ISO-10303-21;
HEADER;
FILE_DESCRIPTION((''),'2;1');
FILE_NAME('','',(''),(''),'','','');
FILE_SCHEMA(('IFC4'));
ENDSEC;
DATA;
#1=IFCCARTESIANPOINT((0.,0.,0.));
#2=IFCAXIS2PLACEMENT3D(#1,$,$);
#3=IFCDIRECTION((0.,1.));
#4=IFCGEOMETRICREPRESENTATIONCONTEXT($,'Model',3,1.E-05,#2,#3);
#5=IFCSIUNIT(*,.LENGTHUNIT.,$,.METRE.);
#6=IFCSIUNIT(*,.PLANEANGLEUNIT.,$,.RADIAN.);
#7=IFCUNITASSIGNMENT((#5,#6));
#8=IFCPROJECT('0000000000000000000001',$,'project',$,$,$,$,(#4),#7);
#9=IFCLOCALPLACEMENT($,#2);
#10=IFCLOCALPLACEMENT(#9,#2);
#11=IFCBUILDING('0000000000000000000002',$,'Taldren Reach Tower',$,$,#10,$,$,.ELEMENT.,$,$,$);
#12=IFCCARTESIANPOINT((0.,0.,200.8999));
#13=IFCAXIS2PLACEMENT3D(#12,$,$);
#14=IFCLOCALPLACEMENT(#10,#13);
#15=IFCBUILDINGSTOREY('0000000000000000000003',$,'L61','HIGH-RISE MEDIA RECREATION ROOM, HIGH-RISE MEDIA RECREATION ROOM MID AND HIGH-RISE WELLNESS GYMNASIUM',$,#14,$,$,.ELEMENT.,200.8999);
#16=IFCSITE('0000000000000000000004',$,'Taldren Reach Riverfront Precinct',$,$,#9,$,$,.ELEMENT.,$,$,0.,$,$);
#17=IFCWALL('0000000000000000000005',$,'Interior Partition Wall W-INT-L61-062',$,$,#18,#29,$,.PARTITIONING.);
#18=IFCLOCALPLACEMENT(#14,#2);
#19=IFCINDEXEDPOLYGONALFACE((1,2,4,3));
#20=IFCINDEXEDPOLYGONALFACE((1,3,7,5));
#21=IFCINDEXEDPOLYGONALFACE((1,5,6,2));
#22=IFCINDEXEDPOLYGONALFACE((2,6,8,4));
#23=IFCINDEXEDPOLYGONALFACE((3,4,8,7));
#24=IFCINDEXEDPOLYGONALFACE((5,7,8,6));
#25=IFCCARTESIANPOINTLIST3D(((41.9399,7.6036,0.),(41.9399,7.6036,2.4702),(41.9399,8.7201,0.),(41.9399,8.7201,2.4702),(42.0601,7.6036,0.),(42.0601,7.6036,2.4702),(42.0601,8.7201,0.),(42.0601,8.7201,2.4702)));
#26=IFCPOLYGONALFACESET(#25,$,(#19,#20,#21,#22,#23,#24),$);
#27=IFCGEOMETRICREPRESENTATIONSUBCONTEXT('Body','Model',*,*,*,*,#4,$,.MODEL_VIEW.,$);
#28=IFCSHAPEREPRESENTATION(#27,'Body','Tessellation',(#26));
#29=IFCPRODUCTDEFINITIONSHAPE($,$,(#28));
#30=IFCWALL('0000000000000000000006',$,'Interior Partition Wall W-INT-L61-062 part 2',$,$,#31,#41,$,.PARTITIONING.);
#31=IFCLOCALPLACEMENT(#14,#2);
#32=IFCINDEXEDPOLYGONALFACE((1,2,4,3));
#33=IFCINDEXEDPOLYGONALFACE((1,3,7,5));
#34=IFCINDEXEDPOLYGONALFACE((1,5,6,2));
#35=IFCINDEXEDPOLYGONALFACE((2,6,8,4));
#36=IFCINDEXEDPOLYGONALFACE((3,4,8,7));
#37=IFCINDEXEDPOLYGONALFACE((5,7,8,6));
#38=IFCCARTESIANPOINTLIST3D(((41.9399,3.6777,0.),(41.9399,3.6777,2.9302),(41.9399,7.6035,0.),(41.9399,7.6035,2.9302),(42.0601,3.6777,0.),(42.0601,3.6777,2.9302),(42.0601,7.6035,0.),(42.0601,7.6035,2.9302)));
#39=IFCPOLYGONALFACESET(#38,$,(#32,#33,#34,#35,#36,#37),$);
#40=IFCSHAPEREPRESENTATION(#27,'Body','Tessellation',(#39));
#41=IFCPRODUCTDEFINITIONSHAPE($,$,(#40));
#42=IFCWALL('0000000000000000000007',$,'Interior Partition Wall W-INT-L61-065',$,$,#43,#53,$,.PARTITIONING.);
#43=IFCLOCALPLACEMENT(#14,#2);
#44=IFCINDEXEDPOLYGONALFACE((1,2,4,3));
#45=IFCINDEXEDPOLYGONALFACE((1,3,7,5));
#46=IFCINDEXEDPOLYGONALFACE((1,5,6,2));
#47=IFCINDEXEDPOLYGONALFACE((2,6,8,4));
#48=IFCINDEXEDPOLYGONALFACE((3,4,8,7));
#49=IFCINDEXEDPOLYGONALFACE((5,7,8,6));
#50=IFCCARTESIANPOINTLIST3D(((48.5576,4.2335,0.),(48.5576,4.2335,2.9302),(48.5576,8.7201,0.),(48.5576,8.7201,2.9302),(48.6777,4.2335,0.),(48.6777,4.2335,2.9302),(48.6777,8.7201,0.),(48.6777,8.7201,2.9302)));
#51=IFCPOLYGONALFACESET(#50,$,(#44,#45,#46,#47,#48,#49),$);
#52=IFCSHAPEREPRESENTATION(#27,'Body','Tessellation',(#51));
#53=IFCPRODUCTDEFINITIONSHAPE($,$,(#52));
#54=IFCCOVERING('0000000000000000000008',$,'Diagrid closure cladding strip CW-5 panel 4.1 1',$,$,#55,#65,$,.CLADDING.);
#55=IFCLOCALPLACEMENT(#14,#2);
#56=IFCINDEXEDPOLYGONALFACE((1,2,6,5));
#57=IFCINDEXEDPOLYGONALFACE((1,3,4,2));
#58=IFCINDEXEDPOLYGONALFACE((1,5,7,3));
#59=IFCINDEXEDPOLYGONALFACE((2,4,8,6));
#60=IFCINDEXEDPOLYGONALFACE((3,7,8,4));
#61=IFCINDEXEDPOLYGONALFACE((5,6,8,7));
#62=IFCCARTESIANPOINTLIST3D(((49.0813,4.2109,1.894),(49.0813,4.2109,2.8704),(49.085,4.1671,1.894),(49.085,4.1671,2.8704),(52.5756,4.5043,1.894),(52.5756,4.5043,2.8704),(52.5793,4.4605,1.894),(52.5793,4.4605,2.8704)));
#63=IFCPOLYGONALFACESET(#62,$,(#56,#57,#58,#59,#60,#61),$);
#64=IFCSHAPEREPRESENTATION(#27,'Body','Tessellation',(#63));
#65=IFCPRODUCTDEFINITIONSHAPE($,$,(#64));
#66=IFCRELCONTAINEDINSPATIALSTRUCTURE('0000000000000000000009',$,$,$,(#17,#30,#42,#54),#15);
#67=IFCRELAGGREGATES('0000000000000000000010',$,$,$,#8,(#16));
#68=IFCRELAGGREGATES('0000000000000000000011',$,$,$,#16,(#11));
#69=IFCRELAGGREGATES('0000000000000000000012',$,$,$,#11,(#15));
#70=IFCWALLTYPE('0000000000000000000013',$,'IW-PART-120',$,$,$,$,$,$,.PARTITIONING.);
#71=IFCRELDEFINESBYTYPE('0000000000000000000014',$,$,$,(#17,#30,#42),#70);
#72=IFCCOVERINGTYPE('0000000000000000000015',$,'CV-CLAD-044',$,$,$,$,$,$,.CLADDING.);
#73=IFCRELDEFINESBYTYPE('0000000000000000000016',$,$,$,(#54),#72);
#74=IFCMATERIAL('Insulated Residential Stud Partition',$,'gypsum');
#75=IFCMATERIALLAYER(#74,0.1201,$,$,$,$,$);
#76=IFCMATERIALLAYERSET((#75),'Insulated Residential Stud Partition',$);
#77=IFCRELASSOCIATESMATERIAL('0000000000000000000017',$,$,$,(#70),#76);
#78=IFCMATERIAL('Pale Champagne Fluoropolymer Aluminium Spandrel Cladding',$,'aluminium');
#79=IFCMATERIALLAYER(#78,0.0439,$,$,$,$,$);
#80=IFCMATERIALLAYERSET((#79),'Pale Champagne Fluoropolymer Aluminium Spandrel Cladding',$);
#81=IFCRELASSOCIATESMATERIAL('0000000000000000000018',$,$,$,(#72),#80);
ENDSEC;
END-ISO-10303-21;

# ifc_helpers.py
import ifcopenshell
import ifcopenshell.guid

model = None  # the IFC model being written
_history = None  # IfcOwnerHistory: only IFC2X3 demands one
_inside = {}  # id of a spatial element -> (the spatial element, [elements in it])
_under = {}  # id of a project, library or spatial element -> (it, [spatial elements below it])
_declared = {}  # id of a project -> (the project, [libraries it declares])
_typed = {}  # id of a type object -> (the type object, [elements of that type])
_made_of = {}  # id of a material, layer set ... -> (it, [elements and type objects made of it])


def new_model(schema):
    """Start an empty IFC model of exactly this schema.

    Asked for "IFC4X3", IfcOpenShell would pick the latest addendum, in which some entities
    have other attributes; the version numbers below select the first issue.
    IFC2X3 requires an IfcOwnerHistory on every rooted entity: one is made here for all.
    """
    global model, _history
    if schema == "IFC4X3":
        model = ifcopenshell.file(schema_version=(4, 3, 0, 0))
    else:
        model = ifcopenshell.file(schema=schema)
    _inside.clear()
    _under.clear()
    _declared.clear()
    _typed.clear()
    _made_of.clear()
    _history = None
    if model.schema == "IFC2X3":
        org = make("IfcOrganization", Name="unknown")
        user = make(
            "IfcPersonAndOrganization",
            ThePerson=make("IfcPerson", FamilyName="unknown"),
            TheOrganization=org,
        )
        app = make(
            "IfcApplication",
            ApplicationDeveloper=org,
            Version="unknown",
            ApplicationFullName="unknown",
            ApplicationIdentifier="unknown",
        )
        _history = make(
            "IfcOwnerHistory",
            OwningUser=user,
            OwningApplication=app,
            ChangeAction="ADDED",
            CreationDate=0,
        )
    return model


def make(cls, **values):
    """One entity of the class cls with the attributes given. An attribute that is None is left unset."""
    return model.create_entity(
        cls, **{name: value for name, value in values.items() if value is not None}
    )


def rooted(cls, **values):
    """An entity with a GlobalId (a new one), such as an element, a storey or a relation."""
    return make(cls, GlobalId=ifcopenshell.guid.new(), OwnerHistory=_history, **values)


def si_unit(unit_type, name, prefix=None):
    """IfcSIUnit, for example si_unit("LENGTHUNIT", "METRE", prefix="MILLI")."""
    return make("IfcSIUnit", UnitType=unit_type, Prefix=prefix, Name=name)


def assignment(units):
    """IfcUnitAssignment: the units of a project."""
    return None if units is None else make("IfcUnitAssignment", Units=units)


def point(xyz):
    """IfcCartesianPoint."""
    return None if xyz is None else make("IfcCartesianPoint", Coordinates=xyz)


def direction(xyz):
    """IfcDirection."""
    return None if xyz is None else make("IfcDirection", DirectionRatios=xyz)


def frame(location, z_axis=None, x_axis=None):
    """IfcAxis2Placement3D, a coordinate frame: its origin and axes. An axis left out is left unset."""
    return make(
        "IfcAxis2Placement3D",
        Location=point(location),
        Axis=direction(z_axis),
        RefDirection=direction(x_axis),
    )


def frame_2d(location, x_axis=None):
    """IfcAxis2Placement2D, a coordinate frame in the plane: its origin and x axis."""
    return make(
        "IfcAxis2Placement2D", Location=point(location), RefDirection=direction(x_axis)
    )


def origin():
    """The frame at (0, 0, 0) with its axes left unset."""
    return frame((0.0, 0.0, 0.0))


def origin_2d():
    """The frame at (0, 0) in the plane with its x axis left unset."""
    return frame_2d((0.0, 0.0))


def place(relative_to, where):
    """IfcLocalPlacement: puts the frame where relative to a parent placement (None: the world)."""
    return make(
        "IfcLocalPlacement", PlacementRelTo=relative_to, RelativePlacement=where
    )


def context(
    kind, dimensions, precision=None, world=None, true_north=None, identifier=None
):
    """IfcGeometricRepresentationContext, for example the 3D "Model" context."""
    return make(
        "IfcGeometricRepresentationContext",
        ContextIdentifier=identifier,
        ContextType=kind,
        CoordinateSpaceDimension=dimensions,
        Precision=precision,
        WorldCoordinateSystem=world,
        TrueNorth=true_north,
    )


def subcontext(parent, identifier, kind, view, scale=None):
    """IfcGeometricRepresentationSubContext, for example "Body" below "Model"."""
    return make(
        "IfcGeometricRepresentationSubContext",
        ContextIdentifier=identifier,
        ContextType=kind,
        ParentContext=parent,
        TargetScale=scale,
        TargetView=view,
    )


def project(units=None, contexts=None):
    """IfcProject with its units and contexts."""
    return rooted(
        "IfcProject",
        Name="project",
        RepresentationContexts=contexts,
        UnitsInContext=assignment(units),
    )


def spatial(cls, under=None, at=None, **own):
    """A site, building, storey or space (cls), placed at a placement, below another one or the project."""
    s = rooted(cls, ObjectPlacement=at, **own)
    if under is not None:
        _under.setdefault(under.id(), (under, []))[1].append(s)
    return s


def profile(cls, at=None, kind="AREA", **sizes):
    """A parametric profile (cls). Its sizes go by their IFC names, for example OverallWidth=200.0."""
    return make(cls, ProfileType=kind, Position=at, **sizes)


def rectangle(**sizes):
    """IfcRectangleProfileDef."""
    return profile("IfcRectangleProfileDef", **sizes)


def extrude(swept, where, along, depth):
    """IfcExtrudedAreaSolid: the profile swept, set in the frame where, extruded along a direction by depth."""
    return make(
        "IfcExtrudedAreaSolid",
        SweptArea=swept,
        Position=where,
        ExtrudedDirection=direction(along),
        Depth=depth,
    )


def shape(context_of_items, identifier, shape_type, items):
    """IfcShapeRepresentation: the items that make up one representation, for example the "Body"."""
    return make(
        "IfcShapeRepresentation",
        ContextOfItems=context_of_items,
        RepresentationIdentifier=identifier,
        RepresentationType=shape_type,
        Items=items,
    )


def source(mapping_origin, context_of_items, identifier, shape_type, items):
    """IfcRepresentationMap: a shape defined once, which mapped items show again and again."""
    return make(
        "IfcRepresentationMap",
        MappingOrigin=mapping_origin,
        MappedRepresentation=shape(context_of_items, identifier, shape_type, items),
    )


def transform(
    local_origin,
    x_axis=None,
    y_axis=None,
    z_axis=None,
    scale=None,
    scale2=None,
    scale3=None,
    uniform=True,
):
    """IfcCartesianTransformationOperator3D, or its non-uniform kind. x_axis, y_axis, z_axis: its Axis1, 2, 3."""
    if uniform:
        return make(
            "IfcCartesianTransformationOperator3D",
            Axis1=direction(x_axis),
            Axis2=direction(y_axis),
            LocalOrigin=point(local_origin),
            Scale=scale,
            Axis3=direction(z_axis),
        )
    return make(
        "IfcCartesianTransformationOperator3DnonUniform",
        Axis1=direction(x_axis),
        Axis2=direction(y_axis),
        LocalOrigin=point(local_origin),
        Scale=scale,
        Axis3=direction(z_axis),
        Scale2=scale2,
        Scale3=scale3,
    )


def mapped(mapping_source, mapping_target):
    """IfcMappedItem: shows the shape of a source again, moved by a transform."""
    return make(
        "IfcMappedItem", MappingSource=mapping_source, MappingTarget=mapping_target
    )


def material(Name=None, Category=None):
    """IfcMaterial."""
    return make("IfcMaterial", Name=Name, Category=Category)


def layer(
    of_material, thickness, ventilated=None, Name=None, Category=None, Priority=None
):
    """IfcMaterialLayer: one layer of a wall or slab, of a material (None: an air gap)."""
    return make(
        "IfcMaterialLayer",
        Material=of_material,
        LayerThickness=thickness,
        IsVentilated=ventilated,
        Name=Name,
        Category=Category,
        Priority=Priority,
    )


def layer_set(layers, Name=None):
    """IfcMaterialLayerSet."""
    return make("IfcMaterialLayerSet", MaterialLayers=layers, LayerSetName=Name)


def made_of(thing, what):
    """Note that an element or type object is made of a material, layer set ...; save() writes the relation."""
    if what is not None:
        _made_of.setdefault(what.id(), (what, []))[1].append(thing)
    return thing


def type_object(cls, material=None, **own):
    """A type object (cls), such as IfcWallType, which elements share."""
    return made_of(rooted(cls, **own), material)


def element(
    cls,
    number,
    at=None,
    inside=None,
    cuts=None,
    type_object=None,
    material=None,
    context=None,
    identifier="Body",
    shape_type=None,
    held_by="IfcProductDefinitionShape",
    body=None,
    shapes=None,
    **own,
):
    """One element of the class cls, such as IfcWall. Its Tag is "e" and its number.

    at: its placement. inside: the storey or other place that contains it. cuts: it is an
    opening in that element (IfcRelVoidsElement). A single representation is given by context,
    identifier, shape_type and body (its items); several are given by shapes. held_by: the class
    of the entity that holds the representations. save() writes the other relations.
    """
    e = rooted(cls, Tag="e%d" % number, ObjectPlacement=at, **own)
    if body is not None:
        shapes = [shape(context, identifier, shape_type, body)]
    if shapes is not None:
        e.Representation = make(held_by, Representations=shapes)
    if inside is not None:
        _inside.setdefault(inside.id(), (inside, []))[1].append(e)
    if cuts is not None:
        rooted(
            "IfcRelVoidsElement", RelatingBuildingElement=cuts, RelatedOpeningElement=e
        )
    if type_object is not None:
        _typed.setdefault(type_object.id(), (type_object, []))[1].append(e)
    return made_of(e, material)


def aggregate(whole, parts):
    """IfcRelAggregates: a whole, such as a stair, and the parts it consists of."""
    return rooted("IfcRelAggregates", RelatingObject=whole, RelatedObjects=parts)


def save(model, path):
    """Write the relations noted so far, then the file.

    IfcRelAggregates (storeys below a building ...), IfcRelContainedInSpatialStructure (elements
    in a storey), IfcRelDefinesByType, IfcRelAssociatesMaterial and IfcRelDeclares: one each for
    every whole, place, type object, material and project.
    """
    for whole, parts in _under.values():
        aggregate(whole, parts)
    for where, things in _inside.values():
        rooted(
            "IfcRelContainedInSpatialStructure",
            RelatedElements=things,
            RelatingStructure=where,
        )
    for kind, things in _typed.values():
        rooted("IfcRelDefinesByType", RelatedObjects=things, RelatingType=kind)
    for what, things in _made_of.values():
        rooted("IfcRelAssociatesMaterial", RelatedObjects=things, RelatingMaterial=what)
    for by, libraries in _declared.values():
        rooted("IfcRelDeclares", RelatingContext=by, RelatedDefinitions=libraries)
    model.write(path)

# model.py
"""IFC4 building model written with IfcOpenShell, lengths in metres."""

from ifc_helpers import new_model, si_unit, direction, frame, frame_2d, origin, origin_2d, place, context, subcontext, project, spatial, rectangle, extrude, source, transform, mapped, material, layer, layer_set, type_object, element, save


model = new_model("IFC4")

# Units and contexts
model_context = context("Model", 3, precision=1e-05, world=origin(), true_north=direction((0.0, 1.0)))
body_context = subcontext(model_context, "Body", "Model", "MODEL_VIEW")
ifc_project = project(units=[si_unit("LENGTHUNIT", "METRE"), si_unit("PLANEANGLEUNIT", "RADIAN")], contexts=[model_context])

# Site, building, storey
site_placement = place(None, origin())
site = spatial("IfcSite", under=ifc_project, at=site_placement, Name="Taldren Reach Riverfront Precinct", CompositionType="ELEMENT", RefElevation=0.0)
building_placement = place(site_placement, origin())
building = spatial("IfcBuilding", under=site, at=building_placement, Name="Taldren Reach Tower", CompositionType="ELEMENT")
storey_placement = place(building_placement, frame((0.0, 0.0, 200.8999)))
storey = spatial("IfcBuildingStorey", under=building, at=storey_placement, Name="L61", Description="HIGH-RISE MEDIA RECREATION ROOM, HIGH-RISE MEDIA RECREATION ROOM MID AND HIGH-RISE WELLNESS GYMNASIUM", CompositionType="ELEMENT", Elevation=200.8999)

# Walls
ifc_material_1 = material(Name="Insulated Residential Stud Partition", Category="gypsum")
ifc_layer_1 = layer(ifc_material_1, 0.1201)
ifc_layer_set_1 = layer_set([ifc_layer_1], Name="Insulated Residential Stud Partition")
wall_type_1 = type_object("IfcWallType", Name="IW-PART-120", PredefinedType="PARTITIONING", material=ifc_layer_set_1)
shared_shape_1 = source(origin(), body_context, "Body", "SweptSolid", [
    extrude(rectangle(XDim=1.1165, YDim=0.1201, at=frame_2d((0.5581, 0.0))), origin(), (0.0, 0.0, 1.0), 2.4702),
])
wall_1_placement = place(storey_placement, frame((42.0, 8.72, 0.0), z_axis=(0.0, 0.0, 1.0), x_axis=(0.0, -1.0, 0.0)))
element("IfcWall", 1, at=wall_1_placement, inside=storey, type_object=wall_type_1, Name="Interior Partition Wall W-INT-L61-062", PredefinedType="PARTITIONING", context=body_context, shape_type="MappedRepresentation", body=[
    mapped(shared_shape_1, transform((0.0, 0.0, 0.0), scale=1.0)),
])
shared_shape_2 = source(origin(), body_context, "Body", "SweptSolid", [
    extrude(rectangle(XDim=3.9258, YDim=0.1201, at=frame_2d((1.9629, 0.0))), origin(), (0.0, 0.0, 1.0), 2.9302),
])
wall_2_placement = place(storey_placement, frame((42.0, 7.6035, 0.0), z_axis=(0.0, 0.0, 1.0), x_axis=(0.0, -1.0, 0.0)))
element("IfcWall", 2, at=wall_2_placement, inside=storey, type_object=wall_type_1, Name="Interior Partition Wall W-INT-L61-062 part 2", PredefinedType="PARTITIONING", context=body_context, shape_type="MappedRepresentation", body=[
    mapped(shared_shape_2, transform((0.0, 0.0, 0.0), scale=1.0)),
])
shared_shape_3 = source(origin(), body_context, "Body", "SweptSolid", [
    extrude(rectangle(XDim=4.4866, YDim=0.1201, at=frame_2d((2.2432, 0.0))), origin(), (0.0, 0.0, 1.0), 2.9302),
])
wall_3_placement = place(storey_placement, frame((48.6177, 8.72, 0.0), z_axis=(0.0, 0.0, 1.0), x_axis=(0.0, -1.0, 0.0)))
element("IfcWall", 3, at=wall_3_placement, inside=storey, type_object=wall_type_1, Name="Interior Partition Wall W-INT-L61-065", PredefinedType="PARTITIONING", context=body_context, shape_type="MappedRepresentation", body=[
    mapped(shared_shape_3, transform((0.0, 0.0, 0.0), scale=1.0)),
])

# Covering
ifc_material_2 = material(Name="Pale Champagne Fluoropolymer Aluminium Spandrel Cladding", Category="aluminium")
ifc_layer_2 = layer(ifc_material_2, 0.0439)
ifc_layer_set_2 = layer_set([ifc_layer_2], Name="Pale Champagne Fluoropolymer Aluminium Spandrel Cladding")
covering_type = type_object("IfcCoveringType", Name="CV-CLAD-044", PredefinedType="CLADDING", material=ifc_layer_set_2)
shared_shape_4 = source(origin(), body_context, "Body", "SweptSolid", [
    extrude(rectangle(XDim=3.5066, YDim=0.0439, at=origin_2d()), origin(), (0.0, 0.0, 1.0), 0.9763),
])
covering_placement = place(storey_placement, frame((50.8303, 4.3357, 1.894), z_axis=(0.0, 0.0, 1.0), x_axis=(0.996493, 0.083678, 0.0)))
element("IfcCovering", 4, at=covering_placement, inside=storey, type_object=covering_type, Name="Diagrid closure cladding strip CW-5 panel 4.1 1", PredefinedType="CLADDING", context=body_context, shape_type="MappedRepresentation", body=[
    mapped(shared_shape_4, transform((0.0, 0.0, 0.0), scale=1.0)),
])

save(model, "model.ifc")
